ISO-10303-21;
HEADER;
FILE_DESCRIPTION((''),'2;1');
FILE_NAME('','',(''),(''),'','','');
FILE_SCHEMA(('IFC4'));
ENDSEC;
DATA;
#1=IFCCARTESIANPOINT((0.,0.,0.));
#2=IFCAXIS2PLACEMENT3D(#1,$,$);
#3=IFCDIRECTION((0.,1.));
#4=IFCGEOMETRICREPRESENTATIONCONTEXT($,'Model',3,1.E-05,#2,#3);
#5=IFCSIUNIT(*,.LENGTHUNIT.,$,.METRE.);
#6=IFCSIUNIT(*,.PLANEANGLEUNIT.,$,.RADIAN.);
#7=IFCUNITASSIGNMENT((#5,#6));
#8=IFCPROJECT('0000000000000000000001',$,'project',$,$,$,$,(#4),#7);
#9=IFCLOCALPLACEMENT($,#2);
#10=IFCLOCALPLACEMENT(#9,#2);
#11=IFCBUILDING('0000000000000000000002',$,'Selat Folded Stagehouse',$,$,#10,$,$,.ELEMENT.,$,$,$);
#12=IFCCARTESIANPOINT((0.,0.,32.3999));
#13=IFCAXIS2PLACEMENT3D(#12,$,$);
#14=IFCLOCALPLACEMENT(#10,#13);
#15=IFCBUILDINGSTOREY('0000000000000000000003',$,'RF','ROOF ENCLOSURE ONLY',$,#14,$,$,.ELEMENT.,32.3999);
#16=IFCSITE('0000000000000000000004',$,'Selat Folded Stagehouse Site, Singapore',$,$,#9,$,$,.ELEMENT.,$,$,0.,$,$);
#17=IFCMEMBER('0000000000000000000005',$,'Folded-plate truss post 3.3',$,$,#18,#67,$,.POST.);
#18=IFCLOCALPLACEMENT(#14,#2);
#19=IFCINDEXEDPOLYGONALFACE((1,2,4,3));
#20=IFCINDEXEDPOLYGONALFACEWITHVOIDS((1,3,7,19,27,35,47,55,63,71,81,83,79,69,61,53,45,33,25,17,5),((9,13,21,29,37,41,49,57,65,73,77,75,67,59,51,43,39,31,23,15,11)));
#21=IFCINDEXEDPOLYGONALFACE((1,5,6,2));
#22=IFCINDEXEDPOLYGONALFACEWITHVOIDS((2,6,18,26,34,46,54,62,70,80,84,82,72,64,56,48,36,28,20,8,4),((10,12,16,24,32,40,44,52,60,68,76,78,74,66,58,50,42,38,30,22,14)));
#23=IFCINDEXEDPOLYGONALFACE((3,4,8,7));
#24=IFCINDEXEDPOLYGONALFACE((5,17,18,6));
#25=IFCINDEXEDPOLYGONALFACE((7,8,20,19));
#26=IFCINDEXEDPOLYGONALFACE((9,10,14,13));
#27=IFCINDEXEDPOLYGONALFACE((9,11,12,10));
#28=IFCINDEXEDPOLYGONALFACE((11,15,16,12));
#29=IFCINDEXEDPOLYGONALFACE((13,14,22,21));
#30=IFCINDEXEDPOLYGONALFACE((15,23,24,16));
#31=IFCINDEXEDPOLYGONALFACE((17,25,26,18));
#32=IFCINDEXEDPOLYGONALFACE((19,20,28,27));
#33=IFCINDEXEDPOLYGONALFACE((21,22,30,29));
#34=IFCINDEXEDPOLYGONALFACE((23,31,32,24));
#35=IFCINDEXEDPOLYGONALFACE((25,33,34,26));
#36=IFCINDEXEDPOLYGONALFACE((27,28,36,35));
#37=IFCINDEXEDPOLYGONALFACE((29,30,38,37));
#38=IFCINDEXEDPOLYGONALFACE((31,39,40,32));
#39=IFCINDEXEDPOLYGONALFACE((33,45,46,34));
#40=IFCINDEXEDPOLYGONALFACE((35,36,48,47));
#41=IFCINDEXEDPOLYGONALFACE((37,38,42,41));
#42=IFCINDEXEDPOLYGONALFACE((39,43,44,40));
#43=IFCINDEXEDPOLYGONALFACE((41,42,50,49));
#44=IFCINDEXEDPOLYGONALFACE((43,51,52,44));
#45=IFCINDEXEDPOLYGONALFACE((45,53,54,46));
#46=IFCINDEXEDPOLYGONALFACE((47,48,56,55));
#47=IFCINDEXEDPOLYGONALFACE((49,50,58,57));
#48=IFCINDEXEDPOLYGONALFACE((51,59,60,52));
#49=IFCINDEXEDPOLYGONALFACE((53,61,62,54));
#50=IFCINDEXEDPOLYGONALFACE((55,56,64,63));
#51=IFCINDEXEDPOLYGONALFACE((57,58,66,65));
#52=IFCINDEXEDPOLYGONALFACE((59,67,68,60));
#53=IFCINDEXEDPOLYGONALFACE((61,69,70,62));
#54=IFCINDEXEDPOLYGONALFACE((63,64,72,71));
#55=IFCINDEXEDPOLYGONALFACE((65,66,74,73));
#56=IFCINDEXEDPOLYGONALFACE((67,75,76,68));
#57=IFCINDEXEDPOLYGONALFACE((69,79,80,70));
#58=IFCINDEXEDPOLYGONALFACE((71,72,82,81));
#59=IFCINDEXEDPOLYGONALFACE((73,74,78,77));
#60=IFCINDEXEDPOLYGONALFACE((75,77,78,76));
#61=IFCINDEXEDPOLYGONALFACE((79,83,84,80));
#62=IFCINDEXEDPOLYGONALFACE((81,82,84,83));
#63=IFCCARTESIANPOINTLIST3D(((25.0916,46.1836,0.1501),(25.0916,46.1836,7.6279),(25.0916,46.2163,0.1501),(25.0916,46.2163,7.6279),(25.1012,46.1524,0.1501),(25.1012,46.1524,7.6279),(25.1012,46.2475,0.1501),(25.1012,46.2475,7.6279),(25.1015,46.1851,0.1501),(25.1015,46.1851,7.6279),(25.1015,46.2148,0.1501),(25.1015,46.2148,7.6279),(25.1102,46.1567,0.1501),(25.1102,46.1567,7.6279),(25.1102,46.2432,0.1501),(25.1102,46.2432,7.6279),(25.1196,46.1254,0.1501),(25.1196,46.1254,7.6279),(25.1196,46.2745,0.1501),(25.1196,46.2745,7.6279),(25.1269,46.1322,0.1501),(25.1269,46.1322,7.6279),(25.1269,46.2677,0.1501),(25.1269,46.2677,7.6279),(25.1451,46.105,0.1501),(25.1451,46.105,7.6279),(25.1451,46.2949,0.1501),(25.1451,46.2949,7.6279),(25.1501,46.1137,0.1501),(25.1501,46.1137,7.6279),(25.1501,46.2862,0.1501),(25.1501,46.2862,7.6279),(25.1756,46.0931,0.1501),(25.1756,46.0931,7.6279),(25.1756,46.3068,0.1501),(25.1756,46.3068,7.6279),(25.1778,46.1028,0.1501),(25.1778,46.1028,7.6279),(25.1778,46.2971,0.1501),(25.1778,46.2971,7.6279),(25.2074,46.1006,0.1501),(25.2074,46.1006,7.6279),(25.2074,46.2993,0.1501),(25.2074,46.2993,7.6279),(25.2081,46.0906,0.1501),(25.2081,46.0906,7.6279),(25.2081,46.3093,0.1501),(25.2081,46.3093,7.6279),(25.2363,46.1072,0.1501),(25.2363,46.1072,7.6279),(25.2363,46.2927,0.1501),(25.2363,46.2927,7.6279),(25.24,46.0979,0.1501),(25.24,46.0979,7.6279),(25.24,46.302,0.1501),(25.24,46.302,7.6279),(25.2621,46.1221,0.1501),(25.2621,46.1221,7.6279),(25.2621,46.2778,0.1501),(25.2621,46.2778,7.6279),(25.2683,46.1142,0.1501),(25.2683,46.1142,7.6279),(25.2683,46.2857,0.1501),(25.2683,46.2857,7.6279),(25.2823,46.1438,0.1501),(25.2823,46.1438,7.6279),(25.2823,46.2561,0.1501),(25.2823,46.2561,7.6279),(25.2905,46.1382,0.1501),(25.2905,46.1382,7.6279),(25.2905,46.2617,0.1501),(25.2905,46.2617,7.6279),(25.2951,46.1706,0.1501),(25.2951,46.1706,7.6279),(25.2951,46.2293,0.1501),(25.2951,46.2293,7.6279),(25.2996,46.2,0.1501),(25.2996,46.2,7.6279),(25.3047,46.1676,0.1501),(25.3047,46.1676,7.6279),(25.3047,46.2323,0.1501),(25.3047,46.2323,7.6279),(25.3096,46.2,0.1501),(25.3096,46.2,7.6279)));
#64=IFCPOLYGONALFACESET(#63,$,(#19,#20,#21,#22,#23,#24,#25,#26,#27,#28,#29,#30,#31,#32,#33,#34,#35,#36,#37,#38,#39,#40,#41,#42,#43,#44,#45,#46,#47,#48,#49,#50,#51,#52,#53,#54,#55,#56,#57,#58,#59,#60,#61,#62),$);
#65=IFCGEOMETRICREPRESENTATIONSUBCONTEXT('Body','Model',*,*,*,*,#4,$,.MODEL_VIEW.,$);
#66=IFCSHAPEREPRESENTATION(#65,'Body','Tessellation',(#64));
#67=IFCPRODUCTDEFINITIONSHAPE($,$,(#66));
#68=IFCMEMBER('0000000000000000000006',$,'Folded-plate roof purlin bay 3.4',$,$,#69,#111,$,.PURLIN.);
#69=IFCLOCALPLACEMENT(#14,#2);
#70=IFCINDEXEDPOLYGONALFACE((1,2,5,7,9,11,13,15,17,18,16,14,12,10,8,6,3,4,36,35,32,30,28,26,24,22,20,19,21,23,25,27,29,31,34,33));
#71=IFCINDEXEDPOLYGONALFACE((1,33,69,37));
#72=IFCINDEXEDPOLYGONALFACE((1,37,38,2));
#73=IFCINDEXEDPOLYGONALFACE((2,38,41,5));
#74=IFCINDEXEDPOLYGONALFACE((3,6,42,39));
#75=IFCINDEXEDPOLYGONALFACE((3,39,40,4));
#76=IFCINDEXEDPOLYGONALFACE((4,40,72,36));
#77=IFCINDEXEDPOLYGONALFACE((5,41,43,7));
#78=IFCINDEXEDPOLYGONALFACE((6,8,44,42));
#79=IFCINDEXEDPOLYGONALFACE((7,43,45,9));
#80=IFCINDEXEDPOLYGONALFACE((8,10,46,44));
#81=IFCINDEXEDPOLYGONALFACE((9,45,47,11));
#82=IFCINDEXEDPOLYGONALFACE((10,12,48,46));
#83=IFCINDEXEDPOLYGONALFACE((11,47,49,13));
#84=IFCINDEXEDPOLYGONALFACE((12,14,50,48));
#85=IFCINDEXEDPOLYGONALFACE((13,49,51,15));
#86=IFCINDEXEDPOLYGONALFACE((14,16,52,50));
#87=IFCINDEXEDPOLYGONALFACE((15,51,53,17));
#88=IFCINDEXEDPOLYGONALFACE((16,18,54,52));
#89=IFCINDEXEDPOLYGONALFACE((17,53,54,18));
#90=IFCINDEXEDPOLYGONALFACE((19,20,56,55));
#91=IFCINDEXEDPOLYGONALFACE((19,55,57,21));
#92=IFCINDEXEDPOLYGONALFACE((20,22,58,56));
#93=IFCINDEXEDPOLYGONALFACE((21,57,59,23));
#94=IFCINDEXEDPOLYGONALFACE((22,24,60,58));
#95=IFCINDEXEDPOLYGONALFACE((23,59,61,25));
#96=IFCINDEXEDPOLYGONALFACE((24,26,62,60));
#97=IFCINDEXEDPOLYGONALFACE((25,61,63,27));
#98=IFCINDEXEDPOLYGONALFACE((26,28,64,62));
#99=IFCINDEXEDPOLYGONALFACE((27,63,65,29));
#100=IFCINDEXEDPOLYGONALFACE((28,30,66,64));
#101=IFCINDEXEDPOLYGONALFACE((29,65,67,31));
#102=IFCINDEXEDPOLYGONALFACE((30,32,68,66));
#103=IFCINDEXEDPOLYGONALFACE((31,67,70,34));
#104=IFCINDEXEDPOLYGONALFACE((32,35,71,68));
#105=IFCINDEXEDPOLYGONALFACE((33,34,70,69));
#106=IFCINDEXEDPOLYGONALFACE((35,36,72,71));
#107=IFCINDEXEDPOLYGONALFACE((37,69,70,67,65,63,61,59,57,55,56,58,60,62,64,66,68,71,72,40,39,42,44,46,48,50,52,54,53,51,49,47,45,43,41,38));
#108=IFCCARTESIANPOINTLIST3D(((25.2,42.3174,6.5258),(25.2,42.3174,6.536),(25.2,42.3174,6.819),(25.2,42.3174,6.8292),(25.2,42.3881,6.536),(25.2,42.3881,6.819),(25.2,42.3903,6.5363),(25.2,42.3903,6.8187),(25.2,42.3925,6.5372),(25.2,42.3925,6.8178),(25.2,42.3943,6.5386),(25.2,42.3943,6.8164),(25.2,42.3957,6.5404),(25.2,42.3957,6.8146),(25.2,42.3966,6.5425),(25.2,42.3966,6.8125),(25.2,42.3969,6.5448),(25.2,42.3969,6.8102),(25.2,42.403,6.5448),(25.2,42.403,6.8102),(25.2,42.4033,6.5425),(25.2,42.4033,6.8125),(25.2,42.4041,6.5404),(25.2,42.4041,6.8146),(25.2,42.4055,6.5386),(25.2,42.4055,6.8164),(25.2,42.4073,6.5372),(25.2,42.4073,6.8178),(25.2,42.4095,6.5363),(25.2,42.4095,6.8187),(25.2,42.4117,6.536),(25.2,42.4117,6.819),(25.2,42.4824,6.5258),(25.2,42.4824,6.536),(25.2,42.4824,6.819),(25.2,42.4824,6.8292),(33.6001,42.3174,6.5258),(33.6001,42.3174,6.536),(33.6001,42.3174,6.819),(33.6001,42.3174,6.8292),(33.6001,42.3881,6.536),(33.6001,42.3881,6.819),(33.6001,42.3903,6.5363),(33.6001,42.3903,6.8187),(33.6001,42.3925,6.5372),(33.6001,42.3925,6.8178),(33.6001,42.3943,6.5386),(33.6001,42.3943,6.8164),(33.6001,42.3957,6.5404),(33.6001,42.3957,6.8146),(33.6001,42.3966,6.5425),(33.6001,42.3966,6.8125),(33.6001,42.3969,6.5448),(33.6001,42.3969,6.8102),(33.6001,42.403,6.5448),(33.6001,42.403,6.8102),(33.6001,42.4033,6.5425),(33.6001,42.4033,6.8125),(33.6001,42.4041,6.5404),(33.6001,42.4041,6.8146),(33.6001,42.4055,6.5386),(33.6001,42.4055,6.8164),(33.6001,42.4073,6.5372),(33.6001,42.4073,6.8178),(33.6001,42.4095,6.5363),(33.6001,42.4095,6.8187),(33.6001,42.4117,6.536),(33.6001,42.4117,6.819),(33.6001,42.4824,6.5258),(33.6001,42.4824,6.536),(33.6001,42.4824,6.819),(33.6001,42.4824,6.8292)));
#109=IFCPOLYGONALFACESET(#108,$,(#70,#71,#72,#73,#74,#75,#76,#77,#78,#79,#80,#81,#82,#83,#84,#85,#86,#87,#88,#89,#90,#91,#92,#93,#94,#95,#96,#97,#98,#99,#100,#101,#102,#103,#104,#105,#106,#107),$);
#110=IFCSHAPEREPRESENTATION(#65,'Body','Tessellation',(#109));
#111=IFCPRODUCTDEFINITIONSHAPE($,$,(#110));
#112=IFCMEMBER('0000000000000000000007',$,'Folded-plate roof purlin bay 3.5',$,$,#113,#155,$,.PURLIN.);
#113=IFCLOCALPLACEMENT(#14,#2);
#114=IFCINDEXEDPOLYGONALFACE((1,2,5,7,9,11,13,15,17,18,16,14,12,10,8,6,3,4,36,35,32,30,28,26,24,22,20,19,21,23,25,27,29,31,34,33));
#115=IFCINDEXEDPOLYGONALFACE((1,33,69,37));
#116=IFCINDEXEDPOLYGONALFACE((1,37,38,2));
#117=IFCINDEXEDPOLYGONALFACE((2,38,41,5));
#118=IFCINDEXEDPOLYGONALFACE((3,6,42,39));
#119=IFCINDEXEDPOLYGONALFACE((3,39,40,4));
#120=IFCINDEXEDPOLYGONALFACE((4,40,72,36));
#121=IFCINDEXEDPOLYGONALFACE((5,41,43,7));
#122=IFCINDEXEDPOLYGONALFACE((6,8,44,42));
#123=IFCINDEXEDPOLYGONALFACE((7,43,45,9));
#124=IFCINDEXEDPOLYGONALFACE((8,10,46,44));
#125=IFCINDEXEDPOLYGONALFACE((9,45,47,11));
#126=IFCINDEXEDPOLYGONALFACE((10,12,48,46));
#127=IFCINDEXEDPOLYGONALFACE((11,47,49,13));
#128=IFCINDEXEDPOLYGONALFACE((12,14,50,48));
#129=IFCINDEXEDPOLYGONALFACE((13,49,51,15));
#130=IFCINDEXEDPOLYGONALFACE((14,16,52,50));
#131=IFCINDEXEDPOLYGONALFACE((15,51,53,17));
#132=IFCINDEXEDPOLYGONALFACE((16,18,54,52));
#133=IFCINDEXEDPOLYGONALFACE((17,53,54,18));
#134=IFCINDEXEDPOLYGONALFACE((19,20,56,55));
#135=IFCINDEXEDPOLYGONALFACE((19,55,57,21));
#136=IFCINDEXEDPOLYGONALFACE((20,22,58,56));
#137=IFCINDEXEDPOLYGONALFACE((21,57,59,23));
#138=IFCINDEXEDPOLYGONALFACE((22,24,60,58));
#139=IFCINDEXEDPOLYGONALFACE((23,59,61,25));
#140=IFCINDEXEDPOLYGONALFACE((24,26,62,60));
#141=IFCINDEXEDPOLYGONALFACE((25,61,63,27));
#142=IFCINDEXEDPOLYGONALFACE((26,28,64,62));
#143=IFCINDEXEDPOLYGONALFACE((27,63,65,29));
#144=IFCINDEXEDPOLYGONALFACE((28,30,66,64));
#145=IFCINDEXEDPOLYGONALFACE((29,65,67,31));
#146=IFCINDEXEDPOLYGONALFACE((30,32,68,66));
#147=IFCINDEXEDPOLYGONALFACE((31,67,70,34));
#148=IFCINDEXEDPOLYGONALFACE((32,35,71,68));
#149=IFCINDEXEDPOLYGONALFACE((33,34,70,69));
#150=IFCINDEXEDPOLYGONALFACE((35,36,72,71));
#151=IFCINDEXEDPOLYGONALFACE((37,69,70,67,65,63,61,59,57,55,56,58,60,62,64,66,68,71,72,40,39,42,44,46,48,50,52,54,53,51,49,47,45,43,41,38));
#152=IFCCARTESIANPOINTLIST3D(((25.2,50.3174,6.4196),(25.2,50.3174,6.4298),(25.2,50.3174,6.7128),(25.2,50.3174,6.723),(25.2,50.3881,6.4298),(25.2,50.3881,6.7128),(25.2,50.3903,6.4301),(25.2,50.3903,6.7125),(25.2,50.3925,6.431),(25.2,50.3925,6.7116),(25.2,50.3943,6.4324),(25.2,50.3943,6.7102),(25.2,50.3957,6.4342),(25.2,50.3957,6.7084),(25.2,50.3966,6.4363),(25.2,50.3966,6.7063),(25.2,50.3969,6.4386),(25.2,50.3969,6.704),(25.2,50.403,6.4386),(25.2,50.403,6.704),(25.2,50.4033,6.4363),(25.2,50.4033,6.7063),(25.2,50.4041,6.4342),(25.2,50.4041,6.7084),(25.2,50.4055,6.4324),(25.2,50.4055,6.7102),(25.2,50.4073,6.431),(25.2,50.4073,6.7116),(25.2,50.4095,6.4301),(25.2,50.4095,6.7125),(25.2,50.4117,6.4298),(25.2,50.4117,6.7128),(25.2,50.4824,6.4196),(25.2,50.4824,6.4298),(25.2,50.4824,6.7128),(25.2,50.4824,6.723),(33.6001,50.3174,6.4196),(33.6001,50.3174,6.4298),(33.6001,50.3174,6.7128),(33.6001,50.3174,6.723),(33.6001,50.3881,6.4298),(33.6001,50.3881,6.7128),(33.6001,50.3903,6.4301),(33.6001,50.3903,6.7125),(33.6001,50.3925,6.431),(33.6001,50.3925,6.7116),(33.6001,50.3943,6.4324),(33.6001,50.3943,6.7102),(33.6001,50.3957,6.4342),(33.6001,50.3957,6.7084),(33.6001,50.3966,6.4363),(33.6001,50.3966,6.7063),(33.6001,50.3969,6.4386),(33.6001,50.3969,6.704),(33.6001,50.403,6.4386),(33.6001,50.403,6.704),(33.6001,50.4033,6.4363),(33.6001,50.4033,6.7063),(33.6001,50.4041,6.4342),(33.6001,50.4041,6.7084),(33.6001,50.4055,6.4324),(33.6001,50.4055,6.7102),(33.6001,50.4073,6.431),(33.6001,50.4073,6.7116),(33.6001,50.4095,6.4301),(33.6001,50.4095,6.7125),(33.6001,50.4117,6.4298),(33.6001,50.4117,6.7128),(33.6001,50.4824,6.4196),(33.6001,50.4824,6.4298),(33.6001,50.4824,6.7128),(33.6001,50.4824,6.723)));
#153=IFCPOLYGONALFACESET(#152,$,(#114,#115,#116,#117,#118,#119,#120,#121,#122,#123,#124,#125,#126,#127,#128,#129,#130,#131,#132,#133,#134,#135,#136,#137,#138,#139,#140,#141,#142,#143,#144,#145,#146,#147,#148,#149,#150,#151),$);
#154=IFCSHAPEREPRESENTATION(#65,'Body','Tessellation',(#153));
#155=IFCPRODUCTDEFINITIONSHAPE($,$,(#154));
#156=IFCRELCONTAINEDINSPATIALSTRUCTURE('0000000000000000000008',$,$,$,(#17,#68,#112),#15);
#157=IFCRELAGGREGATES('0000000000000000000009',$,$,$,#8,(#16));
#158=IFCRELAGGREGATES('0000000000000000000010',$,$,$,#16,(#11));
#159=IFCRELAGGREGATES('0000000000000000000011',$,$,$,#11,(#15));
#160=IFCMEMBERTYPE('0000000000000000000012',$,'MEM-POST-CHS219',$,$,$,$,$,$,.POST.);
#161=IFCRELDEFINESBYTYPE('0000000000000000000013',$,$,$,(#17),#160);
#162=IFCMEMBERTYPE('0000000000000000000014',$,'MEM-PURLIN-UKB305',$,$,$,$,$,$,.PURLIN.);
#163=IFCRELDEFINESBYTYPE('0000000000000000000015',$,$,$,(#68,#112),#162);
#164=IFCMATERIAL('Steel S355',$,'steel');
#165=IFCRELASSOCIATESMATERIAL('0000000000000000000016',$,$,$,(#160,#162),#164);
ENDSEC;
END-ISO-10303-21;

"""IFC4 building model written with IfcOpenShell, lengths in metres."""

from ifc_helpers import new_model, si_unit, direction, frame, origin, origin_2d, place, context, subcontext, project, spatial, hollow_circle, i_section, extrude, material, material_profile, profile_set, type_object, element, save


model = new_model("IFC4")

# Units and contexts
model_context = context("Model", 3, precision=1e-05, world=origin(), true_north=direction((0.0, 1.0)))
body_context = subcontext(model_context, "Body", "Model", "MODEL_VIEW")
ifc_project = project(units=[si_unit("LENGTHUNIT", "METRE"), si_unit("PLANEANGLEUNIT", "RADIAN")], contexts=[model_context])

# Site, building, storey
site_placement = place(None, origin())
site = spatial("IfcSite", under=ifc_project, at=site_placement, Name="Selat Folded Stagehouse Site, Singapore", CompositionType="ELEMENT", RefElevation=0.0)
building_placement = place(site_placement, origin())
building = spatial("IfcBuilding", under=site, at=building_placement, Name="Selat Folded Stagehouse", CompositionType="ELEMENT")
storey_placement = place(building_placement, frame((0.0, 0.0, 32.3999)))
storey = spatial("IfcBuildingStorey", under=building, at=storey_placement, Name="RF", Description="ROOF ENCLOSURE ONLY", CompositionType="ELEMENT", Elevation=32.3999)

# Shared definitions
ifc_material_1 = material(Name="Steel S355", Category="steel")

# Members
ifc_material_profile_1 = material_profile(ifc_material_1, hollow_circle(Radius=0.1096, WallThickness=0.01, at=origin_2d()), Name="CHS 219.1x10.0")
ifc_profile_set_1 = profile_set([ifc_material_profile_1], Name="Steel S355")
member_type_1 = type_object("IfcMemberType", Name="MEM-POST-CHS219", PredefinedType="POST", material=ifc_profile_set_1)
member_1_placement = place(storey_placement, frame((25.2, 46.2, 0.1501), z_axis=(0.0, 0.0, 1.0), x_axis=(1.0, 0.0, 0.0)))
element("IfcMember", 1, at=member_1_placement, inside=storey, type_object=member_type_1, Name="Folded-plate truss post 3.3", PredefinedType="POST", context=body_context, shape_type="SweptSolid", body=[
    extrude(hollow_circle(Radius=0.1096, WallThickness=0.01, at=origin_2d()), origin(), (0.0, 0.0, 1.0), 7.4778),
])
ifc_material_profile_2 = material_profile(ifc_material_1, i_section(OverallWidth=0.165, OverallDepth=0.3035, WebThickness=0.0061, FlangeThickness=0.0103, FilletRadius=0.0088, at=origin_2d()), Name="UKB 305x165x40")
ifc_profile_set_2 = profile_set([ifc_material_profile_2], Name="Steel S355")
member_type_2 = type_object("IfcMemberType", Name="MEM-PURLIN-UKB305", PredefinedType="PURLIN", material=ifc_profile_set_2)
for number, where, z_axis, x_axis, name in (
    (2, (25.2, 42.3999, 6.6775), (1.0, 0.0, 0.0), (0.0, 1.0, 0.0), "Folded-plate roof purlin bay 3.4"),
    (3, (25.2, 50.3999, 6.5713), (1.0, 0.0, 0.0), (0.0, 1.0, 0.0), "Folded-plate roof purlin bay 3.5"),
):
    element("IfcMember", number, at=place(storey_placement, frame(where, z_axis=z_axis, x_axis=x_axis)), inside=storey, type_object=member_type_2, Name=name, PredefinedType="PURLIN", context=body_context, shape_type="SweptSolid", body=[
        extrude(i_section(OverallWidth=0.165, OverallDepth=0.3035, WebThickness=0.0061, FlangeThickness=0.0103, FilletRadius=0.0088, at=origin_2d()), origin(), (0.0, 0.0, 1.0), 8.4001),
    ])

save(model, "model.ifc")
